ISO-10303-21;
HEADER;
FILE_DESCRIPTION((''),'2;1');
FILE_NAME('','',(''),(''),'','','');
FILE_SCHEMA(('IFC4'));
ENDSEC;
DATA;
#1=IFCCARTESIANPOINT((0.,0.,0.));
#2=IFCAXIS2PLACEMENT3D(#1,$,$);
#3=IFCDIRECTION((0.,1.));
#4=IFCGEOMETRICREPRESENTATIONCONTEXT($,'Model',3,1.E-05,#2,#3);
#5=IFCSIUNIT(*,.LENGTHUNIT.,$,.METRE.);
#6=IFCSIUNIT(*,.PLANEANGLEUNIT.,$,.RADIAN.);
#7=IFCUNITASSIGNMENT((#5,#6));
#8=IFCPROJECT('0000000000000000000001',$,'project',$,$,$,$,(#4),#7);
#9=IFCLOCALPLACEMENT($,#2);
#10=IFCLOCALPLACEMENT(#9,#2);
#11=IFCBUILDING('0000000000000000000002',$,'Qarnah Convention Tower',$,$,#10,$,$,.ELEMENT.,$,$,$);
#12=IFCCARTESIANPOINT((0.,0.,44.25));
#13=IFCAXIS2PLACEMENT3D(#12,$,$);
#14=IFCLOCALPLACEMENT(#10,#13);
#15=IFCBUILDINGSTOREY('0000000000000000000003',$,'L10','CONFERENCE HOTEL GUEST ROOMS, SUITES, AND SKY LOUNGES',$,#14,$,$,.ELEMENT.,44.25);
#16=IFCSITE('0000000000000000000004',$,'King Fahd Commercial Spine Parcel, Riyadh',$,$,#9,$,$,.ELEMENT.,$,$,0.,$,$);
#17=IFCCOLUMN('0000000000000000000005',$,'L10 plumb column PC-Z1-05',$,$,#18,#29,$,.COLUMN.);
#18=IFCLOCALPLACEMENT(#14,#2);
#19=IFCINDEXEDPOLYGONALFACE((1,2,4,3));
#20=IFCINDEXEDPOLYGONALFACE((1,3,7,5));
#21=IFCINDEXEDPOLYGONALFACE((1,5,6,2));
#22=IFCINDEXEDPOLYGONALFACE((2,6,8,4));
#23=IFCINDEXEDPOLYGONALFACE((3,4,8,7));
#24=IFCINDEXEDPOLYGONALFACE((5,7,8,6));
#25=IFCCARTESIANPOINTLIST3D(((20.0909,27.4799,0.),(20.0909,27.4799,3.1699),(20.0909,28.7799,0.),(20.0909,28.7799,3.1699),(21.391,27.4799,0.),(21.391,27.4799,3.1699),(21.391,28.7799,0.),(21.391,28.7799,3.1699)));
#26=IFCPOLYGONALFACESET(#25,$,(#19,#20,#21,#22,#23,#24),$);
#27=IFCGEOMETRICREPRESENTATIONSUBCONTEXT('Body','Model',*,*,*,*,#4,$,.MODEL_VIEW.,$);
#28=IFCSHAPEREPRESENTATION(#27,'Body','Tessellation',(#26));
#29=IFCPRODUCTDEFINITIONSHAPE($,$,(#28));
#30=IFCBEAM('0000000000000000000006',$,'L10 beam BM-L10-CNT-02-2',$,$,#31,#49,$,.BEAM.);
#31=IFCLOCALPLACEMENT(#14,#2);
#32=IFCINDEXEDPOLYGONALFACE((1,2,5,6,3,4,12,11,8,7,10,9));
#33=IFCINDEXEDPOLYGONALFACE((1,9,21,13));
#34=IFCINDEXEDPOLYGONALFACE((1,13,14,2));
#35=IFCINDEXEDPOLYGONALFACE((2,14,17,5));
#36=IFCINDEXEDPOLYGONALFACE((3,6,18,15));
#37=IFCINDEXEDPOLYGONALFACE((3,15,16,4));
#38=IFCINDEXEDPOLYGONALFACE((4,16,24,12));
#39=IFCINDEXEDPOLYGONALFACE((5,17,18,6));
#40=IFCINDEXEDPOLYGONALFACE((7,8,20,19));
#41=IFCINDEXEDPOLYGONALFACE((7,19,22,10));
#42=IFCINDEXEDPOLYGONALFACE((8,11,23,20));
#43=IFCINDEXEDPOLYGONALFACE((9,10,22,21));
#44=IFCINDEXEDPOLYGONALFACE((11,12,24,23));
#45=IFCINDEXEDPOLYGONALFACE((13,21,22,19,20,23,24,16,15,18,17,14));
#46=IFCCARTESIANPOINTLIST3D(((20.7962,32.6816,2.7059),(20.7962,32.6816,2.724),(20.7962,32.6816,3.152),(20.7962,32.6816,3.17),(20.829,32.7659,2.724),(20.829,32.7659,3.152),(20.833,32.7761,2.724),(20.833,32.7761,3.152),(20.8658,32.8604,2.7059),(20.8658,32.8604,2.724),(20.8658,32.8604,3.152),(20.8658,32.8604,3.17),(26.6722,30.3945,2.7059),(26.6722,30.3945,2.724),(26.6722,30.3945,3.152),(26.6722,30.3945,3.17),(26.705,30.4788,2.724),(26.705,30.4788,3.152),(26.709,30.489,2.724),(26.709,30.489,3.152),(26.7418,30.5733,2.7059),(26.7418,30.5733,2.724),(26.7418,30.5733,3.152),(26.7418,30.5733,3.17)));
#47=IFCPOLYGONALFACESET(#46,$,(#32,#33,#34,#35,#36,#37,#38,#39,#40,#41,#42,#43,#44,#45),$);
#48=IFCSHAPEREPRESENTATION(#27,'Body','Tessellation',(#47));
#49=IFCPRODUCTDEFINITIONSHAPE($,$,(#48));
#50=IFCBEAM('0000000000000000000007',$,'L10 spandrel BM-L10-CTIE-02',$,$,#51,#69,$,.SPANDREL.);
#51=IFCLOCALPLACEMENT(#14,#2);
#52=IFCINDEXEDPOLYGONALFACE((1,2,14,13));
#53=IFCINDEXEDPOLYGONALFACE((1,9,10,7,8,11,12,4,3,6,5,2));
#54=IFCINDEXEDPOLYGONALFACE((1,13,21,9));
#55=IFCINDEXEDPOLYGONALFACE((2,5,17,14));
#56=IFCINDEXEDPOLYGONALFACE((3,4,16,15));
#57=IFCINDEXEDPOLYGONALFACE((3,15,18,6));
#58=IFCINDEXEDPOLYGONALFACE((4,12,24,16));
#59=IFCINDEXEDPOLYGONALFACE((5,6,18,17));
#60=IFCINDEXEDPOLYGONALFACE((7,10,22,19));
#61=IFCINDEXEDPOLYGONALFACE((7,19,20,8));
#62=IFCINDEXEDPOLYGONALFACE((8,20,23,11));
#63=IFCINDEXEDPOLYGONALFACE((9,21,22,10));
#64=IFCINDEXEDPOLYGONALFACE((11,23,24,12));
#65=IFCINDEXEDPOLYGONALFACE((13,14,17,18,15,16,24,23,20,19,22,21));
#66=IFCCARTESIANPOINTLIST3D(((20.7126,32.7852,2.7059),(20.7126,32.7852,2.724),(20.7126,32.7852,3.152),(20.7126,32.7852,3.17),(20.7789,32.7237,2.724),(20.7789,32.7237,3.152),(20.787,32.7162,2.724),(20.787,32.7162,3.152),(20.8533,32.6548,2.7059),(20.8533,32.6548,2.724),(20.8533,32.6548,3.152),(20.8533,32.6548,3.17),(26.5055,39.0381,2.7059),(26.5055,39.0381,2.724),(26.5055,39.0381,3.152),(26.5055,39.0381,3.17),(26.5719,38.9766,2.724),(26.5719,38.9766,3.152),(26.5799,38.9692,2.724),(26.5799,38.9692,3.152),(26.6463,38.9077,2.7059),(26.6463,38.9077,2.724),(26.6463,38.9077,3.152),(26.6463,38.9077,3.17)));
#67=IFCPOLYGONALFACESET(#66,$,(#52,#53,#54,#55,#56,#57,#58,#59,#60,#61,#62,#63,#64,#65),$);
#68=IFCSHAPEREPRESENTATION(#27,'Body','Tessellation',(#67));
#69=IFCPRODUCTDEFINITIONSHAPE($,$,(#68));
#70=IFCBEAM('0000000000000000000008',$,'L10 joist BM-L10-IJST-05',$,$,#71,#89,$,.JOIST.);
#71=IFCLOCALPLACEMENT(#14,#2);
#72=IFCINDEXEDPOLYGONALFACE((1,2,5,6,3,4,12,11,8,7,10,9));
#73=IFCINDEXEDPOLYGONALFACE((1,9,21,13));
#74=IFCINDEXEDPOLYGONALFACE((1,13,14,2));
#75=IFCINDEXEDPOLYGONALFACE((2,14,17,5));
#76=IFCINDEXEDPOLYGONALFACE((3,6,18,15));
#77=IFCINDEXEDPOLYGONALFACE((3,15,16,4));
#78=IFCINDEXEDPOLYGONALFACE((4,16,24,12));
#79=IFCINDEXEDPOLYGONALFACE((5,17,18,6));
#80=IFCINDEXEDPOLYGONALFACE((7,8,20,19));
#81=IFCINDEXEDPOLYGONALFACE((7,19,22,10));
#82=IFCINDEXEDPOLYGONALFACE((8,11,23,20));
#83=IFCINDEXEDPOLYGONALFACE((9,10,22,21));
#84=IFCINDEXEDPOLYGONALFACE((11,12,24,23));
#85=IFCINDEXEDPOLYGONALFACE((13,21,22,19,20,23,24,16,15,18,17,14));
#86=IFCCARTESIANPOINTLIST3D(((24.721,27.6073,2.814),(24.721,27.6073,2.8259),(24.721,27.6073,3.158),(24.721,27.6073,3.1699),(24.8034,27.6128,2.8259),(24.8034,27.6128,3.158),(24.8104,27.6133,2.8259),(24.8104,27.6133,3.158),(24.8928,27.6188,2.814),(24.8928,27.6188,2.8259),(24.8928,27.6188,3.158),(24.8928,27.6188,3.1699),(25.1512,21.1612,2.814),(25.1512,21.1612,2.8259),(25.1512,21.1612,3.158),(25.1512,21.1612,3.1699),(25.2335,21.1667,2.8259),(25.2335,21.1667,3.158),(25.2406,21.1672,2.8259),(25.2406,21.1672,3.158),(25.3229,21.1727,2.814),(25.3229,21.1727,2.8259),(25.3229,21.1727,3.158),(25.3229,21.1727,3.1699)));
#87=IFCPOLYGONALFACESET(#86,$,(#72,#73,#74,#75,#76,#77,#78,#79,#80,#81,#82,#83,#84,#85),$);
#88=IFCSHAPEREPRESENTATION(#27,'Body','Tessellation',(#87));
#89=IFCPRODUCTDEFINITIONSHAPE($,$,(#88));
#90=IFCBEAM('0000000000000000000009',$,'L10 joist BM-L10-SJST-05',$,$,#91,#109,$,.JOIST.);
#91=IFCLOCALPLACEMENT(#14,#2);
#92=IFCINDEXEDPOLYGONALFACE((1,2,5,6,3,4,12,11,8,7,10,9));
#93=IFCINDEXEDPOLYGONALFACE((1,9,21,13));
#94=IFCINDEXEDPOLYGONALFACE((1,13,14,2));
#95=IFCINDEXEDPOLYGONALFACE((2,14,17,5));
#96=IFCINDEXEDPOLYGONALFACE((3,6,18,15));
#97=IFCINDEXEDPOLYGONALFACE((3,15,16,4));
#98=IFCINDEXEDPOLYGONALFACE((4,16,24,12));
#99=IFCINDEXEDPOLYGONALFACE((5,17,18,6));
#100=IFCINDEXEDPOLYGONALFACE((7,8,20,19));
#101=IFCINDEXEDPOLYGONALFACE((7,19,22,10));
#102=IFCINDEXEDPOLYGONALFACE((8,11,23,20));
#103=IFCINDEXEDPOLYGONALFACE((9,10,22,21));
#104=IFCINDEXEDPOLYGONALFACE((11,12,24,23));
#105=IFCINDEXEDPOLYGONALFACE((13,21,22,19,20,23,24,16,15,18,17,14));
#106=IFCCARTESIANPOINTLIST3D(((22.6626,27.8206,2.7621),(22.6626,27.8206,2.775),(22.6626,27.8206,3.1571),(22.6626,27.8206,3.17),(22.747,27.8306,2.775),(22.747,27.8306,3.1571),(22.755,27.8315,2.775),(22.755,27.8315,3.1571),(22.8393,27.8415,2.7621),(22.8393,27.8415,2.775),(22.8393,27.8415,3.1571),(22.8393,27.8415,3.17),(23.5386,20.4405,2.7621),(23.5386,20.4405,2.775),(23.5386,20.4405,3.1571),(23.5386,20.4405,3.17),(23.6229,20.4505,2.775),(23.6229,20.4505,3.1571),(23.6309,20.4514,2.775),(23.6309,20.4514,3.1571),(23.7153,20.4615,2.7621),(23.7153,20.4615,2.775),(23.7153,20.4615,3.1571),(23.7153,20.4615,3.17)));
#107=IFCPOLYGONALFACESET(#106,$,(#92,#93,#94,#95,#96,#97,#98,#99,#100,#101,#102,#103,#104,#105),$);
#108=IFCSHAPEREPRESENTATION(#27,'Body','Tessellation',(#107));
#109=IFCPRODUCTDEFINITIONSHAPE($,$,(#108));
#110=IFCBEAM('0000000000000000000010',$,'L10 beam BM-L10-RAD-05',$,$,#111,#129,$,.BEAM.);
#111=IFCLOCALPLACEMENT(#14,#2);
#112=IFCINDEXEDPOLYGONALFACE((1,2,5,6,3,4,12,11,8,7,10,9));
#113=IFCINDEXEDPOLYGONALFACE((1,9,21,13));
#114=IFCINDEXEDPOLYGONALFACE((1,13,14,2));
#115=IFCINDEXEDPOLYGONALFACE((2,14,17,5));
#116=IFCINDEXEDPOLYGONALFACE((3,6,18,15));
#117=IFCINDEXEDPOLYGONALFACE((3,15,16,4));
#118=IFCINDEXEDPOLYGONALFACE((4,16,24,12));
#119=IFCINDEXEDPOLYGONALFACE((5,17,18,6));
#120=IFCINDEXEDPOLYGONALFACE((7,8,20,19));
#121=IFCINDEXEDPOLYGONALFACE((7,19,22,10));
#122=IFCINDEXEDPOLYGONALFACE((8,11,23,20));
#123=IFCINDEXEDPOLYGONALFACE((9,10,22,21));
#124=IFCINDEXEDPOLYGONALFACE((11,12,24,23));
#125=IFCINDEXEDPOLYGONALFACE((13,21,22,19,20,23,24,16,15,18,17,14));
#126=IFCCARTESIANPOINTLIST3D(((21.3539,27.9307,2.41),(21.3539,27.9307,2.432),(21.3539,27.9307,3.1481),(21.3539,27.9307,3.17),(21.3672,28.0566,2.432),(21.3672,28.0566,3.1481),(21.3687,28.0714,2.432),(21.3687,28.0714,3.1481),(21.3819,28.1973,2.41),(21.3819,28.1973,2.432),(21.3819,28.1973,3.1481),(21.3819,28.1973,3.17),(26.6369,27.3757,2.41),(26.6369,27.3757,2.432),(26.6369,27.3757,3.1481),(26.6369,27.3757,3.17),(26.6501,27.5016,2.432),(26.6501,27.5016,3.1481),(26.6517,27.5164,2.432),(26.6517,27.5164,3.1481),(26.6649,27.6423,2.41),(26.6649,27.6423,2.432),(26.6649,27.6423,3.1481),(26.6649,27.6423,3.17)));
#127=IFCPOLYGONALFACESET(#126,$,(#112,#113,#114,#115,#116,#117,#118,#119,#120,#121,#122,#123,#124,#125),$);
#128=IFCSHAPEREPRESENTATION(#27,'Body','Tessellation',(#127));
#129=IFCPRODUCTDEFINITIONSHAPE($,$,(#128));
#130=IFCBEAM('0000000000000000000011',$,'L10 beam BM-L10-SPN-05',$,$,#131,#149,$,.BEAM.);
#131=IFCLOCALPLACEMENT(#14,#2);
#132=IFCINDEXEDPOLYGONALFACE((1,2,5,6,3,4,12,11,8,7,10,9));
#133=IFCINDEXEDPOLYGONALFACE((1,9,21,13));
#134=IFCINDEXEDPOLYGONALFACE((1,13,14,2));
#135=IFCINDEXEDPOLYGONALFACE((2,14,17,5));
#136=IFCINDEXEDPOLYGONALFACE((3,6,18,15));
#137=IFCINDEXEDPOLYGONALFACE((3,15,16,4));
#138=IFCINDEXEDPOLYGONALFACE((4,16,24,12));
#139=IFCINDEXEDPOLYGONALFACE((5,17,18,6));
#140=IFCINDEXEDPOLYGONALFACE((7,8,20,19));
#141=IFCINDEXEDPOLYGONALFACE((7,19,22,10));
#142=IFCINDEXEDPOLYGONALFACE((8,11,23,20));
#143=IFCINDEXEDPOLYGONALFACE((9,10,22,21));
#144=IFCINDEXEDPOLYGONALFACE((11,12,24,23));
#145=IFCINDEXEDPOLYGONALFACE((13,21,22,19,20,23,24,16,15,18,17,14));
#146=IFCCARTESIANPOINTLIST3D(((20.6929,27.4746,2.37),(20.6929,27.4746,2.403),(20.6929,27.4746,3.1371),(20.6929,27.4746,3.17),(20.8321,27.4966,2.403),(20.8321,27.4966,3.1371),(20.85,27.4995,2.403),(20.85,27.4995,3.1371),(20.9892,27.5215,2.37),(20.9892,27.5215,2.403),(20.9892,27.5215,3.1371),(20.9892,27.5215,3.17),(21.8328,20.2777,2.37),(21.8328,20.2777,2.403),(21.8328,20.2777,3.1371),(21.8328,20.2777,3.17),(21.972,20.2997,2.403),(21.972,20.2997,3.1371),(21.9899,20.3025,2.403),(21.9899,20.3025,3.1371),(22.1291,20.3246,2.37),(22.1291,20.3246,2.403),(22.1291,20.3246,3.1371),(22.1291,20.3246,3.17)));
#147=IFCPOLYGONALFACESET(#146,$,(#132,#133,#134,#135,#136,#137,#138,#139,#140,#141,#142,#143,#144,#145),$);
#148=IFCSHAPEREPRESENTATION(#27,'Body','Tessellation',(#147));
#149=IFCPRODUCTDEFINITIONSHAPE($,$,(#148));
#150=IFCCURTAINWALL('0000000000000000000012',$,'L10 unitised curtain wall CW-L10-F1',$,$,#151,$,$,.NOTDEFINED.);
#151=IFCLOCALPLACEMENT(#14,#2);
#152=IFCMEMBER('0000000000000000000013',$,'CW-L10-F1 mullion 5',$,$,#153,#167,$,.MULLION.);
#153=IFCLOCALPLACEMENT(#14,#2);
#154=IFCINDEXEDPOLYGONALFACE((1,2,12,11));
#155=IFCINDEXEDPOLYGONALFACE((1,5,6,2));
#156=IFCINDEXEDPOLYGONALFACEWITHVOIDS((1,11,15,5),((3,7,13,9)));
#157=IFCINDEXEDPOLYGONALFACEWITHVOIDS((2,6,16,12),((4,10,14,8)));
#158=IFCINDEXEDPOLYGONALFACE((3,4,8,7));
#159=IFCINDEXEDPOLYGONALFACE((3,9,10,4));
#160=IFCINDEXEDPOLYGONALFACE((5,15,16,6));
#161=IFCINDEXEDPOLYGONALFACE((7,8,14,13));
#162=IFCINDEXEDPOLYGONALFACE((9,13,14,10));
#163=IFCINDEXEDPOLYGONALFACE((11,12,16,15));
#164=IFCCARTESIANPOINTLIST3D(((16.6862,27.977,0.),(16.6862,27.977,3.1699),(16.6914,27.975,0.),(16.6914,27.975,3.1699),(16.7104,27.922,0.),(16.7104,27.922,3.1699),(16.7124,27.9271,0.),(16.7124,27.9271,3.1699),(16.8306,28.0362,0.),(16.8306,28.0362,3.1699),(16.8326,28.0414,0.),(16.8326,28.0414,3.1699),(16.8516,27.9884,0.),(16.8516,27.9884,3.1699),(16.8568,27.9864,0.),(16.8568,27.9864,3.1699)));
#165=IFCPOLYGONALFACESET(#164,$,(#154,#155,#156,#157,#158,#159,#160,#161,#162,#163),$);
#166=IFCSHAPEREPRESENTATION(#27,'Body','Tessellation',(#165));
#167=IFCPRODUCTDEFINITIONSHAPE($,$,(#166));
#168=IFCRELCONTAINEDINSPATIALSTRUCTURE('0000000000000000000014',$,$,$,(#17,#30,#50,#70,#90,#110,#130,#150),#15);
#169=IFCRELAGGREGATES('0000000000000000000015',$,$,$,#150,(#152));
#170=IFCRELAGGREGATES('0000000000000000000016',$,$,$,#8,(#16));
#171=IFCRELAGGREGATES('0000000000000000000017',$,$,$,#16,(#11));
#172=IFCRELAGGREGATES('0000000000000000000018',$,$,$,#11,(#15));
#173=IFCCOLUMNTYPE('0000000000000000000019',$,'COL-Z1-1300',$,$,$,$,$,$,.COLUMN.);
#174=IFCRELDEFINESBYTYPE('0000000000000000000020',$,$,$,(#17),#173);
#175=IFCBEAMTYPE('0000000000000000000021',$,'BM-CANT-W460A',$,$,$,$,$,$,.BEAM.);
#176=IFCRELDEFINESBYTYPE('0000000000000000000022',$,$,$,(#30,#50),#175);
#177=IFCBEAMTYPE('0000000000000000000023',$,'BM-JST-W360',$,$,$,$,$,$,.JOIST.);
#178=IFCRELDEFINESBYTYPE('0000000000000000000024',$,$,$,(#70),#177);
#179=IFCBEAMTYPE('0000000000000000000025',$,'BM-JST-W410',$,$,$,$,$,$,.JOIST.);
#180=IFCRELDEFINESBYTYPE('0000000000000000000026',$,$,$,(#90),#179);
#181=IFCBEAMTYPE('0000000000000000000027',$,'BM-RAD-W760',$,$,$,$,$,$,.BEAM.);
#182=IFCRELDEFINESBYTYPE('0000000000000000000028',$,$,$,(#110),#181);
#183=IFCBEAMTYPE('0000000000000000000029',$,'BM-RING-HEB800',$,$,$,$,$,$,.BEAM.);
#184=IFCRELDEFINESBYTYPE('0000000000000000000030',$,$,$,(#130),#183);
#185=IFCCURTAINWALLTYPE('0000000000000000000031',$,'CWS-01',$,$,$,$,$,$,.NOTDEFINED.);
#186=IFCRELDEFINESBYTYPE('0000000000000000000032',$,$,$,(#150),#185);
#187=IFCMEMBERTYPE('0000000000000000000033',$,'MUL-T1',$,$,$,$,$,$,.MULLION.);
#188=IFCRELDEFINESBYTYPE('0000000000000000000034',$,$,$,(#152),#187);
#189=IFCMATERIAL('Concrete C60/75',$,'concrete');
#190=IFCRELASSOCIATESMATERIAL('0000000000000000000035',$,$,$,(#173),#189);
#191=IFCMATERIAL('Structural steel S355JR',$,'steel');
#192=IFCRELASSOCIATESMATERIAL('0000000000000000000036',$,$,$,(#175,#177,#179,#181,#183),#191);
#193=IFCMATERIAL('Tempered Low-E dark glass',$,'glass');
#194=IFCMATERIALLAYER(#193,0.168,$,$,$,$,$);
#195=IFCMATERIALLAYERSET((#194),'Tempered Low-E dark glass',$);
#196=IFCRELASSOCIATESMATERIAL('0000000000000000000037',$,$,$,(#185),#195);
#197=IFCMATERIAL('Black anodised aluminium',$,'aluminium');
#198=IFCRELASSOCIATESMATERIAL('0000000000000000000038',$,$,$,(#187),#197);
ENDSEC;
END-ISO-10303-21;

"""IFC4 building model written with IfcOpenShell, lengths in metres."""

from ifc_helpers import new_model, si_unit, direction, frame, origin, origin_2d, place, context, subcontext, project, spatial, rectangle, hollow_rectangle, i_section, extrude, material, layer, layer_set, material_profile, profile_set, type_object, element, aggregate, save


model = new_model("IFC4")

# Units and contexts
model_context = context("Model", 3, precision=1e-05, world=origin(), true_north=direction((0.0, 1.0)))
body_context = subcontext(model_context, "Body", "Model", "MODEL_VIEW")
ifc_project = project(units=[si_unit("LENGTHUNIT", "METRE"), si_unit("PLANEANGLEUNIT", "RADIAN")], contexts=[model_context])

# Site, building, storey
site_placement = place(None, origin())
site = spatial("IfcSite", under=ifc_project, at=site_placement, Name="King Fahd Commercial Spine Parcel, Riyadh", CompositionType="ELEMENT", RefElevation=0.0)
building_placement = place(site_placement, origin())
building = spatial("IfcBuilding", under=site, at=building_placement, Name="Qarnah Convention Tower", CompositionType="ELEMENT")
storey_placement = place(building_placement, frame((0.0, 0.0, 44.25)))
storey = spatial("IfcBuildingStorey", under=building, at=storey_placement, Name="L10", Description="CONFERENCE HOTEL GUEST ROOMS, SUITES, AND SKY LOUNGES", CompositionType="ELEMENT", Elevation=44.25)

# Column
ifc_material_1 = material(Name="Concrete C60/75", Category="concrete")
ifc_material_profile_1 = material_profile(ifc_material_1, rectangle(XDim=1.3, YDim=1.3, at=origin_2d()), Name="RC-COL-1300X1300")
ifc_profile_set_1 = profile_set([ifc_material_profile_1], Name="Concrete C60/75")
column_type = type_object("IfcColumnType", Name="COL-Z1-1300", PredefinedType="COLUMN", material=ifc_profile_set_1)
column_placement = place(storey_placement, frame((20.741, 28.1299, 0.0), z_axis=(0.0, 0.0, 1.0), x_axis=(1.0, 0.0, 0.0)))
element("IfcColumn", 1, at=column_placement, inside=storey, type_object=column_type, Name="L10 plumb column PC-Z1-05", PredefinedType="COLUMN", context=body_context, shape_type="SweptSolid", body=[
    extrude(rectangle(XDim=1.3, YDim=1.3, at=origin_2d()), origin(), (0.0, 0.0, 1.0), 3.1699),
])

# Beams
ifc_material_2 = material(Name="Structural steel S355JR", Category="steel")
ifc_material_profile_2 = material_profile(ifc_material_2, i_section(OverallWidth=0.1919, OverallDepth=0.4641, WebThickness=0.011, FlangeThickness=0.0181, at=origin_2d()), Name="W460X89")
ifc_profile_set_2 = profile_set([ifc_material_profile_2], Name="Structural steel S355JR")
beam_type_1 = type_object("IfcBeamType", Name="BM-CANT-W460A", PredefinedType="BEAM", material=ifc_profile_set_2)
beam_1_placement = place(storey_placement, frame((26.707, 30.4839, 2.938), z_axis=(-0.931897, 0.362723, 0.0), x_axis=(-0.362723, -0.931897, 0.0)))
element("IfcBeam", 2, at=beam_1_placement, inside=storey, type_object=beam_type_1, Name="L10 beam BM-L10-CNT-02-2", PredefinedType="BEAM", context=body_context, shape_type="SweptSolid", body=[
    extrude(i_section(OverallWidth=0.1919, OverallDepth=0.4641, WebThickness=0.011, FlangeThickness=0.0181, at=origin_2d()), origin(), (0.0, 0.0, 1.0), 6.3054),
])
beam_2_placement = place(storey_placement, frame((20.783, 32.72, 2.938), z_axis=(0.679611, 0.733572, 0.0), x_axis=(-0.733572, 0.679611, 0.0)))
element("IfcBeam", 3, at=beam_2_placement, inside=storey, type_object=beam_type_1, Name="L10 spandrel BM-L10-CTIE-02", PredefinedType="SPANDREL", context=body_context, shape_type="SweptSolid", body=[
    extrude(i_section(OverallWidth=0.1919, OverallDepth=0.4641, WebThickness=0.011, FlangeThickness=0.0181, at=origin_2d()), origin(), (0.0, 0.0, 1.0), 8.5239),
])
ifc_material_profile_3 = material_profile(ifc_material_2, i_section(OverallWidth=0.1721, OverallDepth=0.356, WebThickness=0.0071, FlangeThickness=0.012, at=origin_2d()), Name="W360X51")
ifc_profile_set_3 = profile_set([ifc_material_profile_3], Name="Structural steel S355JR")
beam_type_2 = type_object("IfcBeamType", Name="BM-JST-W360", PredefinedType="JOIST", material=ifc_profile_set_3)
beam_3_placement = place(storey_placement, frame((24.8069, 27.613, 2.9919), z_axis=(0.066587, -0.997781, 0.0), x_axis=(0.997781, 0.066587, 0.0)))
element("IfcBeam", 4, at=beam_3_placement, inside=storey, type_object=beam_type_2, Name="L10 joist BM-L10-IJST-05", PredefinedType="JOIST", context=body_context, shape_type="SweptSolid", body=[
    extrude(i_section(OverallWidth=0.1721, OverallDepth=0.356, WebThickness=0.0071, FlangeThickness=0.012, at=origin_2d()), origin(), (0.0, 0.0, 1.0), 6.4604),
])
ifc_material_profile_4 = material_profile(ifc_material_2, i_section(OverallWidth=0.178, OverallDepth=0.408, WebThickness=0.0081, FlangeThickness=0.0129, at=origin_2d()), Name="W410X60")
ifc_profile_set_4 = profile_set([ifc_material_profile_4], Name="Structural steel S355JR")
beam_type_3 = type_object("IfcBeamType", Name="BM-JST-W410", PredefinedType="JOIST", material=ifc_profile_set_4)
beam_4_placement = place(storey_placement, frame((22.751, 27.8311, 2.9661), z_axis=(0.117867, -0.993029, 0.0), x_axis=(0.993029, 0.117867, 0.0)))
element("IfcBeam", 5, at=beam_4_placement, inside=storey, type_object=beam_type_3, Name="L10 joist BM-L10-SJST-05", PredefinedType="JOIST", context=body_context, shape_type="SweptSolid", body=[
    extrude(i_section(OverallWidth=0.178, OverallDepth=0.408, WebThickness=0.0081, FlangeThickness=0.0129, at=origin_2d()), origin(), (0.0, 0.0, 1.0), 7.4319),
])
ifc_material_profile_5 = material_profile(ifc_material_2, i_section(OverallWidth=0.2681, OverallDepth=0.76, WebThickness=0.0149, FlangeThickness=0.022, at=origin_2d()), Name="W760X185")
ifc_profile_set_5 = profile_set([ifc_material_profile_5], Name="Structural steel S355JR")
beam_type_4 = type_object("IfcBeamType", Name="BM-RAD-W760", PredefinedType="BEAM", material=ifc_profile_set_5)
beam_5_placement = place(storey_placement, frame((26.6509, 27.509, 2.79), z_axis=(-0.994528, 0.104467, 0.0), x_axis=(-0.104467, -0.994528, 0.0)))
element("IfcBeam", 6, at=beam_5_placement, inside=storey, type_object=beam_type_4, Name="L10 beam BM-L10-RAD-05", PredefinedType="BEAM", context=body_context, shape_type="SweptSolid", body=[
    extrude(i_section(OverallWidth=0.2681, OverallDepth=0.76, WebThickness=0.0149, FlangeThickness=0.022, at=origin_2d()), origin(), (0.0, 0.0, 1.0), 5.312),
])
ifc_material_profile_6 = material_profile(ifc_material_2, i_section(OverallWidth=0.3, OverallDepth=0.8, WebThickness=0.0181, FlangeThickness=0.033, at=origin_2d()), Name="HEB800")
ifc_profile_set_6 = profile_set([ifc_material_profile_6], Name="Structural steel S355JR")
beam_type_5 = type_object("IfcBeamType", Name="BM-RING-HEB800", PredefinedType="BEAM", material=ifc_profile_set_6)
beam_6_placement = place(storey_placement, frame((20.8411, 27.498, 2.77), z_axis=(0.156434, -0.987688, 0.0), x_axis=(0.987688, 0.156434, 0.0)))
element("IfcBeam", 7, at=beam_6_placement, inside=storey, type_object=beam_type_5, Name="L10 beam BM-L10-SPN-05", PredefinedType="BEAM", context=body_context, shape_type="SweptSolid", body=[
    extrude(i_section(OverallWidth=0.3, OverallDepth=0.8, WebThickness=0.0181, FlangeThickness=0.033, at=origin_2d()), origin(), (0.0, 0.0, 1.0), 7.2866),
])

# Curtain wall, member
ifc_material_3 = material(Name="Tempered Low-E dark glass", Category="glass")
ifc_layer_1 = layer(ifc_material_3, 0.168)
ifc_layer_set_1 = layer_set([ifc_layer_1], Name="Tempered Low-E dark glass")
curtain_wall_type = type_object("IfcCurtainWallType", Name="CWS-01", PredefinedType="NOTDEFINED", material=ifc_layer_set_1)
curtain_wall_placement = place(storey_placement, origin())
curtain_wall = element("IfcCurtainWall", 8, at=curtain_wall_placement, inside=storey, type_object=curtain_wall_type, Name="L10 unitised curtain wall CW-L10-F1", PredefinedType="NOTDEFINED")
ifc_material_4 = material(Name="Black anodised aluminium", Category="aluminium")
ifc_material_profile_7 = material_profile(ifc_material_4, hollow_rectangle(XDim=0.0601, YDim=0.1599, WallThickness=0.0039, at=origin_2d()), Name="MUL-60X160")
ifc_profile_set_7 = profile_set([ifc_material_profile_7], Name="Black anodised aluminium")
member_type = type_object("IfcMemberType", Name="MUL-T1", PredefinedType="MULLION", material=ifc_profile_set_7)
member_1_placement = place(storey_placement, frame((16.7715, 27.9817, 0.0), z_axis=(0.0, 0.0, 1.0), x_axis=(-0.402895, 0.915246, 0.0)))
member_1 = element("IfcMember", 9, at=member_1_placement, type_object=member_type, Name="CW-L10-F1 mullion 5", PredefinedType="MULLION", context=body_context, shape_type="SweptSolid", body=[
    extrude(hollow_rectangle(XDim=0.0601, YDim=0.1599, WallThickness=0.0039, at=origin_2d()), origin(), (0.0, 0.0, 1.0), 3.1699),
])
aggregate(curtain_wall, [member_1])

save(model, "model.ifc")
